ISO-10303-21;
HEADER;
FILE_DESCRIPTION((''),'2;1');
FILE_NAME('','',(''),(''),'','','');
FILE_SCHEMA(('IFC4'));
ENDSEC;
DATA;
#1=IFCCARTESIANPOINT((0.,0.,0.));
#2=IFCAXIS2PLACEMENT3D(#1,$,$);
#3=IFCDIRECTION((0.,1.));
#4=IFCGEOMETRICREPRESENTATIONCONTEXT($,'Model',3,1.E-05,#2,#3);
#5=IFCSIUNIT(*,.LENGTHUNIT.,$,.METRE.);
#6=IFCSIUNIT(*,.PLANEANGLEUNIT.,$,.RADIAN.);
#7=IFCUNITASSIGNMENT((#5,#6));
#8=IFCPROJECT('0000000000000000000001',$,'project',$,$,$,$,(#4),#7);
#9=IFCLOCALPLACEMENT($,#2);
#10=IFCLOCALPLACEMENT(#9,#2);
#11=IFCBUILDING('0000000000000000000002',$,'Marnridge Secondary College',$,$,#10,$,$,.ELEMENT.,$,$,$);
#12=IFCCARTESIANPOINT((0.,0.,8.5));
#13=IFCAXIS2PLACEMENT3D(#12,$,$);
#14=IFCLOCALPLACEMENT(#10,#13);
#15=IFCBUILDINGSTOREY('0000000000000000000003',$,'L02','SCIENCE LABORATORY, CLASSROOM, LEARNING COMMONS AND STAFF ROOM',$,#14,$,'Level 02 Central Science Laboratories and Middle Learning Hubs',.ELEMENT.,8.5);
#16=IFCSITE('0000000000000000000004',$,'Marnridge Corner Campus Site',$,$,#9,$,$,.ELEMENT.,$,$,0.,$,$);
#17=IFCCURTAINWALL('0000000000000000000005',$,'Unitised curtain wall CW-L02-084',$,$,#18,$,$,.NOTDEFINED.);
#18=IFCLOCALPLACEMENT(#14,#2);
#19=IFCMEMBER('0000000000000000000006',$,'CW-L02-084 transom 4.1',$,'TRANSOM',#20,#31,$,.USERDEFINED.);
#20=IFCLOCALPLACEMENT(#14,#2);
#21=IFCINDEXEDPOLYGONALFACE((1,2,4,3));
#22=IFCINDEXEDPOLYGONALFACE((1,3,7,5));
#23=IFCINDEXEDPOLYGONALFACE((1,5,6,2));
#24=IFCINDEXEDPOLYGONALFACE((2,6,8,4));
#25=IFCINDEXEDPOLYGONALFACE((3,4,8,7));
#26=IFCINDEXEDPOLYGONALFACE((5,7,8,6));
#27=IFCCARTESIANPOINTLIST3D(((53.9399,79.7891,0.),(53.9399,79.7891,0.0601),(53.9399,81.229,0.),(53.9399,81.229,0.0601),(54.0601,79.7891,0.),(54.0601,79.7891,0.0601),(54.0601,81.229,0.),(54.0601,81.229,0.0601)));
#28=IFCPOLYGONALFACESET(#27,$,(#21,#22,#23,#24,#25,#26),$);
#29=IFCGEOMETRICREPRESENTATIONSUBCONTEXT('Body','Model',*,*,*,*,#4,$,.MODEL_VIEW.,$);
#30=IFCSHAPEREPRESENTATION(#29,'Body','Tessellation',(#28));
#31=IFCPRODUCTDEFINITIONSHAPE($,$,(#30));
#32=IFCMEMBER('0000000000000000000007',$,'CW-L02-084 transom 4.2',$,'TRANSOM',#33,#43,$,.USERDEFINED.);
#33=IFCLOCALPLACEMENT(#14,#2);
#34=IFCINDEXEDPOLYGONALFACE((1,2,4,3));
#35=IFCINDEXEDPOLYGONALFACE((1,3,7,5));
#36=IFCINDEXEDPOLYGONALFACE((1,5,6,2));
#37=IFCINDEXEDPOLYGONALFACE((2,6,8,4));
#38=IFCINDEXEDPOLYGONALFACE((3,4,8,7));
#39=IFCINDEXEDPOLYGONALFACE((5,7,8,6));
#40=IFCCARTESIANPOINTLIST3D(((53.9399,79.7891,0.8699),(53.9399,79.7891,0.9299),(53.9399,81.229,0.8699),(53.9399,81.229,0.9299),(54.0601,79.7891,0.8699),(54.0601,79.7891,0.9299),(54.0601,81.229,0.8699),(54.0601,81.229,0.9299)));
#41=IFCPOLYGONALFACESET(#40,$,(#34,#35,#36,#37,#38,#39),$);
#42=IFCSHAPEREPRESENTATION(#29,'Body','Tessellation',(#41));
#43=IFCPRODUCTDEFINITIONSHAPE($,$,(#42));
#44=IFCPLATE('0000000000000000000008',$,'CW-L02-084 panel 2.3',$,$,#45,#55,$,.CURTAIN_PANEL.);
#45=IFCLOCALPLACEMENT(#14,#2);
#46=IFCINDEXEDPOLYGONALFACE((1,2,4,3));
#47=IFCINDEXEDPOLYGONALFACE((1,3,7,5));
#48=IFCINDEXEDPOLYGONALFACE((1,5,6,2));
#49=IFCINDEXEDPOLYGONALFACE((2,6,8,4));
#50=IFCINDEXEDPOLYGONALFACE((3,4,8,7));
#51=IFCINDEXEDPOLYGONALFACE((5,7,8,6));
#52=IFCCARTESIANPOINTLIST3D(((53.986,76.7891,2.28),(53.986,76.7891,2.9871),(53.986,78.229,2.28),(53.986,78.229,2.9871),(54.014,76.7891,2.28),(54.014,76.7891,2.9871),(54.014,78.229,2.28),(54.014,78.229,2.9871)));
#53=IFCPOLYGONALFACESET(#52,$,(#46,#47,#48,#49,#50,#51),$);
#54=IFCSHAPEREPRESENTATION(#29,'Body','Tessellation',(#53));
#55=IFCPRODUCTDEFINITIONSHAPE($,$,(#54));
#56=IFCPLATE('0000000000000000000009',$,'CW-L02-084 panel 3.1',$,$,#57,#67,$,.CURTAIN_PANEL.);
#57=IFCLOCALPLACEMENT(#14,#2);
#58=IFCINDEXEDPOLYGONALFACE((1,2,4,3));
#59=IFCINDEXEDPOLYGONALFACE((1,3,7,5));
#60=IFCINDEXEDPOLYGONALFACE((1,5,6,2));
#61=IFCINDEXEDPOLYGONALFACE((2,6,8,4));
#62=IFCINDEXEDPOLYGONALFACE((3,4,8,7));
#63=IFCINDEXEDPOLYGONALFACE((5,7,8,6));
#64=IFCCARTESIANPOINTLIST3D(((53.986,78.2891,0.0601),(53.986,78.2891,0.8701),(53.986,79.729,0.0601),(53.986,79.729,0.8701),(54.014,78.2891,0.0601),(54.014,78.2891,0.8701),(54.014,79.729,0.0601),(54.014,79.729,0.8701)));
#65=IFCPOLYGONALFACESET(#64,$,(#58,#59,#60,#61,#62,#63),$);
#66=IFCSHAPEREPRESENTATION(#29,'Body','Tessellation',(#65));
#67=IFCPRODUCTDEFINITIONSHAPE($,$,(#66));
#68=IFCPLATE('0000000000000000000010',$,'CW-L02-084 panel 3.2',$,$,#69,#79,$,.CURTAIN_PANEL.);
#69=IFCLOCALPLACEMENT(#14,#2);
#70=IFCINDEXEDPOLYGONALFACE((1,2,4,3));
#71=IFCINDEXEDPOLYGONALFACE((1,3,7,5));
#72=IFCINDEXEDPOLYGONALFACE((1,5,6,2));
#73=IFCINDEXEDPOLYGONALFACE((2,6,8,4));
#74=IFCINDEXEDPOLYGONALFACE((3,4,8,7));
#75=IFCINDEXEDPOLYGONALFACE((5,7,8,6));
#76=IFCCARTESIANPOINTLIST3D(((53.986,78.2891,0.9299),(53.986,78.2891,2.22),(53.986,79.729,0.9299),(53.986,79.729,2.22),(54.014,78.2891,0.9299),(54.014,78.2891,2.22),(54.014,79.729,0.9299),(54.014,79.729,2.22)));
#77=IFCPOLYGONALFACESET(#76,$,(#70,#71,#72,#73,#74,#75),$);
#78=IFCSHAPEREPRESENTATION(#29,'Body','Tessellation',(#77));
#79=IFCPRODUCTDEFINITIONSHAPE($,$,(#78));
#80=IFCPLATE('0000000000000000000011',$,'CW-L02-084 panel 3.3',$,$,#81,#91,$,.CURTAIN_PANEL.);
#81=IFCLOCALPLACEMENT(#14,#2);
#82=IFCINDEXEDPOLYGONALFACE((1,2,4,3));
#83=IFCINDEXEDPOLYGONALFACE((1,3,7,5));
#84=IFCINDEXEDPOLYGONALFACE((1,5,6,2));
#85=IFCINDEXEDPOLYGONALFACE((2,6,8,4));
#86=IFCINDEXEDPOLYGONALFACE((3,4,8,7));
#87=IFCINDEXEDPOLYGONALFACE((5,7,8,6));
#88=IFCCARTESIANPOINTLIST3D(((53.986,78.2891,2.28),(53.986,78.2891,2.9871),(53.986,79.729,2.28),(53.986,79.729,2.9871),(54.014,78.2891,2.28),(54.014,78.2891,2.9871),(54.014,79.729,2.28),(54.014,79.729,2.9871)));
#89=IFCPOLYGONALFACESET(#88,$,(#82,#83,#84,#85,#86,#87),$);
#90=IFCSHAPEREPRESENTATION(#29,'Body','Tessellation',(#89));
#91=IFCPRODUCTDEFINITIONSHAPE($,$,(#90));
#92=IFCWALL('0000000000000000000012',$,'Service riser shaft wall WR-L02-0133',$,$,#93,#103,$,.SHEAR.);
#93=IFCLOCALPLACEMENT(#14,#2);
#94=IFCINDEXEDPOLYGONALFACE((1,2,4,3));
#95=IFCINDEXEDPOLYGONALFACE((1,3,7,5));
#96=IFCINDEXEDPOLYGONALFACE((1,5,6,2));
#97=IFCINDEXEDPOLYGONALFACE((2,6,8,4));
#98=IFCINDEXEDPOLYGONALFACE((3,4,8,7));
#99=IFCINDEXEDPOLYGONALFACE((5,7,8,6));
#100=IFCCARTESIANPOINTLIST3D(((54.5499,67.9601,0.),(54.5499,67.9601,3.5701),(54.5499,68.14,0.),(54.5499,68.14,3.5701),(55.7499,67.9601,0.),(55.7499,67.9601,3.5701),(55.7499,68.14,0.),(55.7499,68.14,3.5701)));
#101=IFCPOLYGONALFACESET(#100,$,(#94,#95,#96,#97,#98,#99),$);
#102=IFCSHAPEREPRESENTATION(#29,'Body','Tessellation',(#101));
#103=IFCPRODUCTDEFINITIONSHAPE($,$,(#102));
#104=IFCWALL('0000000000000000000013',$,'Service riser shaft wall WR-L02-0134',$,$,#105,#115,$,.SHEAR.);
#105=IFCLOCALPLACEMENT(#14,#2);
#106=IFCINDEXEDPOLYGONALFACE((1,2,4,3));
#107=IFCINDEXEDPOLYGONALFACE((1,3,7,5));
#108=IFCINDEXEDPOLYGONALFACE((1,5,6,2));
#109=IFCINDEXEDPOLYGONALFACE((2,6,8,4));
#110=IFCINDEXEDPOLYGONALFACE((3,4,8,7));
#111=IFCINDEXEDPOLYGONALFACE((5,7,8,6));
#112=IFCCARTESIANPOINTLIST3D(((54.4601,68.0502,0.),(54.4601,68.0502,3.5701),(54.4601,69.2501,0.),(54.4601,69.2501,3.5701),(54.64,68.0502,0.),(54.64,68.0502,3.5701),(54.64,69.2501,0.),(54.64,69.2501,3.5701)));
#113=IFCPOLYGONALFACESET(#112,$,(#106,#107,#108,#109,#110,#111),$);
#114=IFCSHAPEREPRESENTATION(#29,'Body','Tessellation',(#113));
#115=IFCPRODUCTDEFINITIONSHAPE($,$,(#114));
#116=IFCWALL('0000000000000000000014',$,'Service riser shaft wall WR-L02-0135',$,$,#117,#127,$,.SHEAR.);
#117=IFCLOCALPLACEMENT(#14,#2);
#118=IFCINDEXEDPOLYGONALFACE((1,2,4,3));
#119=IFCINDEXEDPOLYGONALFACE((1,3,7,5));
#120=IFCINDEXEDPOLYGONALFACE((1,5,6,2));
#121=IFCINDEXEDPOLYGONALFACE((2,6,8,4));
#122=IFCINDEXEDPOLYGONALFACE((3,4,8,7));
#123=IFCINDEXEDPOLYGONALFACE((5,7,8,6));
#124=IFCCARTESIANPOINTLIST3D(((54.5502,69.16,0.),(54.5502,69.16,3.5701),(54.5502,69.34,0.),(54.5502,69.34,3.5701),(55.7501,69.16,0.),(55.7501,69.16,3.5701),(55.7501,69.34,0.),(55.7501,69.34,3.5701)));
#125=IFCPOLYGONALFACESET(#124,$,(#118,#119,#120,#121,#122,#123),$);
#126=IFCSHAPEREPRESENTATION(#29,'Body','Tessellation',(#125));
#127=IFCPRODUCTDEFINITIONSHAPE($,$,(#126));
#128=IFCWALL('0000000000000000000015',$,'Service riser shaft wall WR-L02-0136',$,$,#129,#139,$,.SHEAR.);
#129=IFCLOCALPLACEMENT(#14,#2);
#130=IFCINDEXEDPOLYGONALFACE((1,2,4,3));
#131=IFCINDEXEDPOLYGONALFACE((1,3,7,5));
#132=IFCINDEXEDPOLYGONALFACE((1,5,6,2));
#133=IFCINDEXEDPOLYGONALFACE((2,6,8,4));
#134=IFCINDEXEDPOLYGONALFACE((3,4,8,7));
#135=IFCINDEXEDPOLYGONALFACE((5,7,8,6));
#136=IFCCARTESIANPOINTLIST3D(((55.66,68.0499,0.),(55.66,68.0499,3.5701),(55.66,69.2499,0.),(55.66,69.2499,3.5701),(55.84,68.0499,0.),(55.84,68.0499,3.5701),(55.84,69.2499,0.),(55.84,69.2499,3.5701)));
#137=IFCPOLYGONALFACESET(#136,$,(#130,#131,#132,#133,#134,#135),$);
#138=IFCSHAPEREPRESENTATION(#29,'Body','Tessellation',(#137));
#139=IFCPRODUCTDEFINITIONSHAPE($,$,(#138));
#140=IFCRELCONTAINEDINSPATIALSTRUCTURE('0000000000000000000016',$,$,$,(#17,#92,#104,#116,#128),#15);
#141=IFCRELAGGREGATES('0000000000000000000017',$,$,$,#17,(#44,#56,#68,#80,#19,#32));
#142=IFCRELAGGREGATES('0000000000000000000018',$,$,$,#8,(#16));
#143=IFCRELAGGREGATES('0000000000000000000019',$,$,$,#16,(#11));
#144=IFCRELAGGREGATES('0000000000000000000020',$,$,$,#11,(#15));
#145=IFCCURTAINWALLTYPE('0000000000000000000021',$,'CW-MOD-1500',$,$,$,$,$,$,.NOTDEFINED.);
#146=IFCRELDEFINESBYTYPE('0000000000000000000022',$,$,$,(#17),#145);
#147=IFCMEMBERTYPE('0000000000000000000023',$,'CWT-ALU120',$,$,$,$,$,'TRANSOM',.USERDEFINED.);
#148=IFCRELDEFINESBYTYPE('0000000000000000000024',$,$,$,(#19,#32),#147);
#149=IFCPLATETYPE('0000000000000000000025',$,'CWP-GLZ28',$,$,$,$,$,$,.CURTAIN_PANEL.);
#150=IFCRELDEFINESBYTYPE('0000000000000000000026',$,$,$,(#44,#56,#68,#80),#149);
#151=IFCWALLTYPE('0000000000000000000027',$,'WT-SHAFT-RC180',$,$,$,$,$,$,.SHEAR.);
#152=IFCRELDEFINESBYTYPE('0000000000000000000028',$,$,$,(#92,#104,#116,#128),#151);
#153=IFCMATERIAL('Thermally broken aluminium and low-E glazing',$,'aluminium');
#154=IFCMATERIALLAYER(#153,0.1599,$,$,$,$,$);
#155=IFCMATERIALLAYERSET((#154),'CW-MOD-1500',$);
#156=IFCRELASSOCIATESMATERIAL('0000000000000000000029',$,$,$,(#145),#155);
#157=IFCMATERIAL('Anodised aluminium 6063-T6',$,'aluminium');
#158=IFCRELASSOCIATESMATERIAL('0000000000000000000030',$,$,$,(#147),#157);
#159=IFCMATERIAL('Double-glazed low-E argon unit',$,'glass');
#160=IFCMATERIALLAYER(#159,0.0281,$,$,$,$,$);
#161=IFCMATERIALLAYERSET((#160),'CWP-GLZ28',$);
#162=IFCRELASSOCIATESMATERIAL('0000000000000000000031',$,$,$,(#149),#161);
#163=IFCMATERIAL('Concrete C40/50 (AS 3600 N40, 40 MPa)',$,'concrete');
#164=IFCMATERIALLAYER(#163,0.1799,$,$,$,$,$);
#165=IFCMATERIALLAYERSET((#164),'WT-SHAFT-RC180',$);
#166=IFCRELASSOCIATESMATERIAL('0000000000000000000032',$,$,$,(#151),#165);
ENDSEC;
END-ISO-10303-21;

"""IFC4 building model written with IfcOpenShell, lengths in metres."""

from ifc_helpers import new_model, si_unit, direction, frame, frame_2d, origin, origin_2d, place, context, subcontext, project, spatial, rectangle, extrude, material, layer, layer_set, material_profile, profile_set, type_object, element, aggregate, save


model = new_model("IFC4")

# Units and contexts
model_context = context("Model", 3, precision=1e-05, world=origin(), true_north=direction((0.0, 1.0)))
body_context = subcontext(model_context, "Body", "Model", "MODEL_VIEW")
ifc_project = project(units=[si_unit("LENGTHUNIT", "METRE"), si_unit("PLANEANGLEUNIT", "RADIAN")], contexts=[model_context])

# Site, building, storey
site_placement = place(None, origin())
site = spatial("IfcSite", under=ifc_project, at=site_placement, Name="Marnridge Corner Campus Site", CompositionType="ELEMENT", RefElevation=0.0)
building_placement = place(site_placement, origin())
building = spatial("IfcBuilding", under=site, at=building_placement, Name="Marnridge Secondary College", CompositionType="ELEMENT")
storey_placement = place(building_placement, frame((0.0, 0.0, 8.5)))
storey = spatial("IfcBuildingStorey", under=building, at=storey_placement, Name="L02", Description="SCIENCE LABORATORY, CLASSROOM, LEARNING COMMONS AND STAFF ROOM", LongName="Level 02 Central Science Laboratories and Middle Learning Hubs", CompositionType="ELEMENT", Elevation=8.5)

# Curtain wall, members, plates
ifc_material_1 = material(Name="Thermally broken aluminium and low-E glazing", Category="aluminium")
ifc_layer_1 = layer(ifc_material_1, 0.1599)
ifc_layer_set_1 = layer_set([ifc_layer_1], Name="CW-MOD-1500")
curtain_wall_type = type_object("IfcCurtainWallType", Name="CW-MOD-1500", PredefinedType="NOTDEFINED", material=ifc_layer_set_1)
curtain_wall_placement = place(storey_placement, origin())
curtain_wall = element("IfcCurtainWall", 1, at=curtain_wall_placement, inside=storey, type_object=curtain_wall_type, Name="Unitised curtain wall CW-L02-084", PredefinedType="NOTDEFINED")
ifc_material_2 = material(Name="Anodised aluminium 6063-T6", Category="aluminium")
ifc_material_profile_1 = material_profile(ifc_material_2, rectangle(XDim=0.0601, YDim=0.1201, at=origin_2d()), Name="ALU 60x120")
ifc_profile_set_1 = profile_set([ifc_material_profile_1], Name="Anodised aluminium 6063-T6")
member_type_1 = type_object("IfcMemberType", Name="CWT-ALU120", ElementType="TRANSOM", PredefinedType="USERDEFINED", material=ifc_profile_set_1)
member_1_placement = place(storey_placement, frame((54.0, 79.7891, 0.03), z_axis=(0.0, 1.0, 0.0), x_axis=(0.0, 0.0, 1.0)))
member_1 = element("IfcMember", 2, at=member_1_placement, type_object=member_type_1, Name="CW-L02-084 transom 4.1", ObjectType="TRANSOM", PredefinedType="USERDEFINED", context=body_context, shape_type="SweptSolid", body=[
    extrude(rectangle(XDim=0.0601, YDim=0.1201, at=origin_2d()), origin(), (0.0, 0.0, 1.0), 1.4399),
])
member_2_placement = place(storey_placement, frame((54.0, 79.7891, 0.8999), z_axis=(0.0, 1.0, 0.0), x_axis=(0.0, 0.0, 1.0)))
member_2 = element("IfcMember", 3, at=member_2_placement, type_object=member_type_1, Name="CW-L02-084 transom 4.2", ObjectType="TRANSOM", PredefinedType="USERDEFINED", context=body_context, shape_type="SweptSolid", body=[
    extrude(rectangle(XDim=0.0601, YDim=0.1201, at=origin_2d()), origin(), (0.0, 0.0, 1.0), 1.4399),
])
ifc_material_3 = material(Name="Double-glazed low-E argon unit", Category="glass")
ifc_layer_2 = layer(ifc_material_3, 0.0281)
ifc_layer_set_2 = layer_set([ifc_layer_2], Name="CWP-GLZ28")
plate_type = type_object("IfcPlateType", Name="CWP-GLZ28", PredefinedType="CURTAIN_PANEL", material=ifc_layer_set_2)
plate_1_placement = place(storey_placement, frame((54.0, 77.509, 2.28), z_axis=(0.0, 0.0, 1.0), x_axis=(0.0, 1.0, 0.0)))
plate_1 = element("IfcPlate", 4, at=plate_1_placement, type_object=plate_type, Name="CW-L02-084 panel 2.3", PredefinedType="CURTAIN_PANEL", context=body_context, shape_type="SweptSolid", body=[
    extrude(rectangle(XDim=1.4399, YDim=0.0281, at=origin_2d()), origin(), (0.0, 0.0, 1.0), 0.707),
])
plate_2_placement = place(storey_placement, frame((54.0, 79.009, 0.0601), z_axis=(0.0, 0.0, 1.0), x_axis=(0.0, 1.0, 0.0)))
plate_2 = element("IfcPlate", 5, at=plate_2_placement, type_object=plate_type, Name="CW-L02-084 panel 3.1", PredefinedType="CURTAIN_PANEL", context=body_context, shape_type="SweptSolid", body=[
    extrude(rectangle(XDim=1.4399, YDim=0.0281, at=origin_2d()), origin(), (0.0, 0.0, 1.0), 0.8101),
])
plate_3_placement = place(storey_placement, frame((54.0, 79.009, 0.9299), z_axis=(0.0, 0.0, 1.0), x_axis=(0.0, 1.0, 0.0)))
plate_3 = element("IfcPlate", 6, at=plate_3_placement, type_object=plate_type, Name="CW-L02-084 panel 3.2", PredefinedType="CURTAIN_PANEL", context=body_context, shape_type="SweptSolid", body=[
    extrude(rectangle(XDim=1.4399, YDim=0.0281, at=origin_2d()), origin(), (0.0, 0.0, 1.0), 1.29),
])
plate_4_placement = place(storey_placement, frame((54.0, 79.009, 2.28), z_axis=(0.0, 0.0, 1.0), x_axis=(0.0, 1.0, 0.0)))
plate_4 = element("IfcPlate", 7, at=plate_4_placement, type_object=plate_type, Name="CW-L02-084 panel 3.3", PredefinedType="CURTAIN_PANEL", context=body_context, shape_type="SweptSolid", body=[
    extrude(rectangle(XDim=1.4399, YDim=0.0281, at=origin_2d()), origin(), (0.0, 0.0, 1.0), 0.707),
])
aggregate(curtain_wall, [plate_1, plate_2, plate_3, plate_4, member_1, member_2])

# Walls
ifc_material_4 = material(Name="Concrete C40/50 (AS 3600 N40, 40 MPa)", Category="concrete")
ifc_layer_3 = layer(ifc_material_4, 0.1799)
ifc_layer_set_3 = layer_set([ifc_layer_3], Name="WT-SHAFT-RC180")
wall_type = type_object("IfcWallType", Name="WT-SHAFT-RC180", PredefinedType="SHEAR", material=ifc_layer_set_3)
for number, where, z_axis, x_axis, name in (
    (8, (55.75, 68.05, 0.0), (0.0, 0.0, 1.0), (-1.0, 0.0, 0.0), "Service riser shaft wall WR-L02-0133"),
    (9, (54.55, 68.05, 0.0), (0.0, 0.0, 1.0), (0.0, 1.0, 0.0), "Service riser shaft wall WR-L02-0134"),
    (10, (54.55, 69.25, 0.0), (0.0, 0.0, 1.0), (1.0, 0.0, 0.0), "Service riser shaft wall WR-L02-0135"),
    (11, (55.75, 69.25, 0.0), (0.0, 0.0, 1.0), (0.0, -1.0, 0.0), "Service riser shaft wall WR-L02-0136"),
):
    element("IfcWall", number, at=place(storey_placement, frame(where, z_axis=z_axis, x_axis=x_axis)), inside=storey, type_object=wall_type, Name=name, PredefinedType="SHEAR", context=body_context, shape_type="SweptSolid", body=[
        extrude(rectangle(XDim=1.2, YDim=0.1799, at=frame_2d((0.6001, 0.0))), origin(), (0.0, 0.0, 1.0), 3.5701),
    ])

save(model, "model.ifc")
